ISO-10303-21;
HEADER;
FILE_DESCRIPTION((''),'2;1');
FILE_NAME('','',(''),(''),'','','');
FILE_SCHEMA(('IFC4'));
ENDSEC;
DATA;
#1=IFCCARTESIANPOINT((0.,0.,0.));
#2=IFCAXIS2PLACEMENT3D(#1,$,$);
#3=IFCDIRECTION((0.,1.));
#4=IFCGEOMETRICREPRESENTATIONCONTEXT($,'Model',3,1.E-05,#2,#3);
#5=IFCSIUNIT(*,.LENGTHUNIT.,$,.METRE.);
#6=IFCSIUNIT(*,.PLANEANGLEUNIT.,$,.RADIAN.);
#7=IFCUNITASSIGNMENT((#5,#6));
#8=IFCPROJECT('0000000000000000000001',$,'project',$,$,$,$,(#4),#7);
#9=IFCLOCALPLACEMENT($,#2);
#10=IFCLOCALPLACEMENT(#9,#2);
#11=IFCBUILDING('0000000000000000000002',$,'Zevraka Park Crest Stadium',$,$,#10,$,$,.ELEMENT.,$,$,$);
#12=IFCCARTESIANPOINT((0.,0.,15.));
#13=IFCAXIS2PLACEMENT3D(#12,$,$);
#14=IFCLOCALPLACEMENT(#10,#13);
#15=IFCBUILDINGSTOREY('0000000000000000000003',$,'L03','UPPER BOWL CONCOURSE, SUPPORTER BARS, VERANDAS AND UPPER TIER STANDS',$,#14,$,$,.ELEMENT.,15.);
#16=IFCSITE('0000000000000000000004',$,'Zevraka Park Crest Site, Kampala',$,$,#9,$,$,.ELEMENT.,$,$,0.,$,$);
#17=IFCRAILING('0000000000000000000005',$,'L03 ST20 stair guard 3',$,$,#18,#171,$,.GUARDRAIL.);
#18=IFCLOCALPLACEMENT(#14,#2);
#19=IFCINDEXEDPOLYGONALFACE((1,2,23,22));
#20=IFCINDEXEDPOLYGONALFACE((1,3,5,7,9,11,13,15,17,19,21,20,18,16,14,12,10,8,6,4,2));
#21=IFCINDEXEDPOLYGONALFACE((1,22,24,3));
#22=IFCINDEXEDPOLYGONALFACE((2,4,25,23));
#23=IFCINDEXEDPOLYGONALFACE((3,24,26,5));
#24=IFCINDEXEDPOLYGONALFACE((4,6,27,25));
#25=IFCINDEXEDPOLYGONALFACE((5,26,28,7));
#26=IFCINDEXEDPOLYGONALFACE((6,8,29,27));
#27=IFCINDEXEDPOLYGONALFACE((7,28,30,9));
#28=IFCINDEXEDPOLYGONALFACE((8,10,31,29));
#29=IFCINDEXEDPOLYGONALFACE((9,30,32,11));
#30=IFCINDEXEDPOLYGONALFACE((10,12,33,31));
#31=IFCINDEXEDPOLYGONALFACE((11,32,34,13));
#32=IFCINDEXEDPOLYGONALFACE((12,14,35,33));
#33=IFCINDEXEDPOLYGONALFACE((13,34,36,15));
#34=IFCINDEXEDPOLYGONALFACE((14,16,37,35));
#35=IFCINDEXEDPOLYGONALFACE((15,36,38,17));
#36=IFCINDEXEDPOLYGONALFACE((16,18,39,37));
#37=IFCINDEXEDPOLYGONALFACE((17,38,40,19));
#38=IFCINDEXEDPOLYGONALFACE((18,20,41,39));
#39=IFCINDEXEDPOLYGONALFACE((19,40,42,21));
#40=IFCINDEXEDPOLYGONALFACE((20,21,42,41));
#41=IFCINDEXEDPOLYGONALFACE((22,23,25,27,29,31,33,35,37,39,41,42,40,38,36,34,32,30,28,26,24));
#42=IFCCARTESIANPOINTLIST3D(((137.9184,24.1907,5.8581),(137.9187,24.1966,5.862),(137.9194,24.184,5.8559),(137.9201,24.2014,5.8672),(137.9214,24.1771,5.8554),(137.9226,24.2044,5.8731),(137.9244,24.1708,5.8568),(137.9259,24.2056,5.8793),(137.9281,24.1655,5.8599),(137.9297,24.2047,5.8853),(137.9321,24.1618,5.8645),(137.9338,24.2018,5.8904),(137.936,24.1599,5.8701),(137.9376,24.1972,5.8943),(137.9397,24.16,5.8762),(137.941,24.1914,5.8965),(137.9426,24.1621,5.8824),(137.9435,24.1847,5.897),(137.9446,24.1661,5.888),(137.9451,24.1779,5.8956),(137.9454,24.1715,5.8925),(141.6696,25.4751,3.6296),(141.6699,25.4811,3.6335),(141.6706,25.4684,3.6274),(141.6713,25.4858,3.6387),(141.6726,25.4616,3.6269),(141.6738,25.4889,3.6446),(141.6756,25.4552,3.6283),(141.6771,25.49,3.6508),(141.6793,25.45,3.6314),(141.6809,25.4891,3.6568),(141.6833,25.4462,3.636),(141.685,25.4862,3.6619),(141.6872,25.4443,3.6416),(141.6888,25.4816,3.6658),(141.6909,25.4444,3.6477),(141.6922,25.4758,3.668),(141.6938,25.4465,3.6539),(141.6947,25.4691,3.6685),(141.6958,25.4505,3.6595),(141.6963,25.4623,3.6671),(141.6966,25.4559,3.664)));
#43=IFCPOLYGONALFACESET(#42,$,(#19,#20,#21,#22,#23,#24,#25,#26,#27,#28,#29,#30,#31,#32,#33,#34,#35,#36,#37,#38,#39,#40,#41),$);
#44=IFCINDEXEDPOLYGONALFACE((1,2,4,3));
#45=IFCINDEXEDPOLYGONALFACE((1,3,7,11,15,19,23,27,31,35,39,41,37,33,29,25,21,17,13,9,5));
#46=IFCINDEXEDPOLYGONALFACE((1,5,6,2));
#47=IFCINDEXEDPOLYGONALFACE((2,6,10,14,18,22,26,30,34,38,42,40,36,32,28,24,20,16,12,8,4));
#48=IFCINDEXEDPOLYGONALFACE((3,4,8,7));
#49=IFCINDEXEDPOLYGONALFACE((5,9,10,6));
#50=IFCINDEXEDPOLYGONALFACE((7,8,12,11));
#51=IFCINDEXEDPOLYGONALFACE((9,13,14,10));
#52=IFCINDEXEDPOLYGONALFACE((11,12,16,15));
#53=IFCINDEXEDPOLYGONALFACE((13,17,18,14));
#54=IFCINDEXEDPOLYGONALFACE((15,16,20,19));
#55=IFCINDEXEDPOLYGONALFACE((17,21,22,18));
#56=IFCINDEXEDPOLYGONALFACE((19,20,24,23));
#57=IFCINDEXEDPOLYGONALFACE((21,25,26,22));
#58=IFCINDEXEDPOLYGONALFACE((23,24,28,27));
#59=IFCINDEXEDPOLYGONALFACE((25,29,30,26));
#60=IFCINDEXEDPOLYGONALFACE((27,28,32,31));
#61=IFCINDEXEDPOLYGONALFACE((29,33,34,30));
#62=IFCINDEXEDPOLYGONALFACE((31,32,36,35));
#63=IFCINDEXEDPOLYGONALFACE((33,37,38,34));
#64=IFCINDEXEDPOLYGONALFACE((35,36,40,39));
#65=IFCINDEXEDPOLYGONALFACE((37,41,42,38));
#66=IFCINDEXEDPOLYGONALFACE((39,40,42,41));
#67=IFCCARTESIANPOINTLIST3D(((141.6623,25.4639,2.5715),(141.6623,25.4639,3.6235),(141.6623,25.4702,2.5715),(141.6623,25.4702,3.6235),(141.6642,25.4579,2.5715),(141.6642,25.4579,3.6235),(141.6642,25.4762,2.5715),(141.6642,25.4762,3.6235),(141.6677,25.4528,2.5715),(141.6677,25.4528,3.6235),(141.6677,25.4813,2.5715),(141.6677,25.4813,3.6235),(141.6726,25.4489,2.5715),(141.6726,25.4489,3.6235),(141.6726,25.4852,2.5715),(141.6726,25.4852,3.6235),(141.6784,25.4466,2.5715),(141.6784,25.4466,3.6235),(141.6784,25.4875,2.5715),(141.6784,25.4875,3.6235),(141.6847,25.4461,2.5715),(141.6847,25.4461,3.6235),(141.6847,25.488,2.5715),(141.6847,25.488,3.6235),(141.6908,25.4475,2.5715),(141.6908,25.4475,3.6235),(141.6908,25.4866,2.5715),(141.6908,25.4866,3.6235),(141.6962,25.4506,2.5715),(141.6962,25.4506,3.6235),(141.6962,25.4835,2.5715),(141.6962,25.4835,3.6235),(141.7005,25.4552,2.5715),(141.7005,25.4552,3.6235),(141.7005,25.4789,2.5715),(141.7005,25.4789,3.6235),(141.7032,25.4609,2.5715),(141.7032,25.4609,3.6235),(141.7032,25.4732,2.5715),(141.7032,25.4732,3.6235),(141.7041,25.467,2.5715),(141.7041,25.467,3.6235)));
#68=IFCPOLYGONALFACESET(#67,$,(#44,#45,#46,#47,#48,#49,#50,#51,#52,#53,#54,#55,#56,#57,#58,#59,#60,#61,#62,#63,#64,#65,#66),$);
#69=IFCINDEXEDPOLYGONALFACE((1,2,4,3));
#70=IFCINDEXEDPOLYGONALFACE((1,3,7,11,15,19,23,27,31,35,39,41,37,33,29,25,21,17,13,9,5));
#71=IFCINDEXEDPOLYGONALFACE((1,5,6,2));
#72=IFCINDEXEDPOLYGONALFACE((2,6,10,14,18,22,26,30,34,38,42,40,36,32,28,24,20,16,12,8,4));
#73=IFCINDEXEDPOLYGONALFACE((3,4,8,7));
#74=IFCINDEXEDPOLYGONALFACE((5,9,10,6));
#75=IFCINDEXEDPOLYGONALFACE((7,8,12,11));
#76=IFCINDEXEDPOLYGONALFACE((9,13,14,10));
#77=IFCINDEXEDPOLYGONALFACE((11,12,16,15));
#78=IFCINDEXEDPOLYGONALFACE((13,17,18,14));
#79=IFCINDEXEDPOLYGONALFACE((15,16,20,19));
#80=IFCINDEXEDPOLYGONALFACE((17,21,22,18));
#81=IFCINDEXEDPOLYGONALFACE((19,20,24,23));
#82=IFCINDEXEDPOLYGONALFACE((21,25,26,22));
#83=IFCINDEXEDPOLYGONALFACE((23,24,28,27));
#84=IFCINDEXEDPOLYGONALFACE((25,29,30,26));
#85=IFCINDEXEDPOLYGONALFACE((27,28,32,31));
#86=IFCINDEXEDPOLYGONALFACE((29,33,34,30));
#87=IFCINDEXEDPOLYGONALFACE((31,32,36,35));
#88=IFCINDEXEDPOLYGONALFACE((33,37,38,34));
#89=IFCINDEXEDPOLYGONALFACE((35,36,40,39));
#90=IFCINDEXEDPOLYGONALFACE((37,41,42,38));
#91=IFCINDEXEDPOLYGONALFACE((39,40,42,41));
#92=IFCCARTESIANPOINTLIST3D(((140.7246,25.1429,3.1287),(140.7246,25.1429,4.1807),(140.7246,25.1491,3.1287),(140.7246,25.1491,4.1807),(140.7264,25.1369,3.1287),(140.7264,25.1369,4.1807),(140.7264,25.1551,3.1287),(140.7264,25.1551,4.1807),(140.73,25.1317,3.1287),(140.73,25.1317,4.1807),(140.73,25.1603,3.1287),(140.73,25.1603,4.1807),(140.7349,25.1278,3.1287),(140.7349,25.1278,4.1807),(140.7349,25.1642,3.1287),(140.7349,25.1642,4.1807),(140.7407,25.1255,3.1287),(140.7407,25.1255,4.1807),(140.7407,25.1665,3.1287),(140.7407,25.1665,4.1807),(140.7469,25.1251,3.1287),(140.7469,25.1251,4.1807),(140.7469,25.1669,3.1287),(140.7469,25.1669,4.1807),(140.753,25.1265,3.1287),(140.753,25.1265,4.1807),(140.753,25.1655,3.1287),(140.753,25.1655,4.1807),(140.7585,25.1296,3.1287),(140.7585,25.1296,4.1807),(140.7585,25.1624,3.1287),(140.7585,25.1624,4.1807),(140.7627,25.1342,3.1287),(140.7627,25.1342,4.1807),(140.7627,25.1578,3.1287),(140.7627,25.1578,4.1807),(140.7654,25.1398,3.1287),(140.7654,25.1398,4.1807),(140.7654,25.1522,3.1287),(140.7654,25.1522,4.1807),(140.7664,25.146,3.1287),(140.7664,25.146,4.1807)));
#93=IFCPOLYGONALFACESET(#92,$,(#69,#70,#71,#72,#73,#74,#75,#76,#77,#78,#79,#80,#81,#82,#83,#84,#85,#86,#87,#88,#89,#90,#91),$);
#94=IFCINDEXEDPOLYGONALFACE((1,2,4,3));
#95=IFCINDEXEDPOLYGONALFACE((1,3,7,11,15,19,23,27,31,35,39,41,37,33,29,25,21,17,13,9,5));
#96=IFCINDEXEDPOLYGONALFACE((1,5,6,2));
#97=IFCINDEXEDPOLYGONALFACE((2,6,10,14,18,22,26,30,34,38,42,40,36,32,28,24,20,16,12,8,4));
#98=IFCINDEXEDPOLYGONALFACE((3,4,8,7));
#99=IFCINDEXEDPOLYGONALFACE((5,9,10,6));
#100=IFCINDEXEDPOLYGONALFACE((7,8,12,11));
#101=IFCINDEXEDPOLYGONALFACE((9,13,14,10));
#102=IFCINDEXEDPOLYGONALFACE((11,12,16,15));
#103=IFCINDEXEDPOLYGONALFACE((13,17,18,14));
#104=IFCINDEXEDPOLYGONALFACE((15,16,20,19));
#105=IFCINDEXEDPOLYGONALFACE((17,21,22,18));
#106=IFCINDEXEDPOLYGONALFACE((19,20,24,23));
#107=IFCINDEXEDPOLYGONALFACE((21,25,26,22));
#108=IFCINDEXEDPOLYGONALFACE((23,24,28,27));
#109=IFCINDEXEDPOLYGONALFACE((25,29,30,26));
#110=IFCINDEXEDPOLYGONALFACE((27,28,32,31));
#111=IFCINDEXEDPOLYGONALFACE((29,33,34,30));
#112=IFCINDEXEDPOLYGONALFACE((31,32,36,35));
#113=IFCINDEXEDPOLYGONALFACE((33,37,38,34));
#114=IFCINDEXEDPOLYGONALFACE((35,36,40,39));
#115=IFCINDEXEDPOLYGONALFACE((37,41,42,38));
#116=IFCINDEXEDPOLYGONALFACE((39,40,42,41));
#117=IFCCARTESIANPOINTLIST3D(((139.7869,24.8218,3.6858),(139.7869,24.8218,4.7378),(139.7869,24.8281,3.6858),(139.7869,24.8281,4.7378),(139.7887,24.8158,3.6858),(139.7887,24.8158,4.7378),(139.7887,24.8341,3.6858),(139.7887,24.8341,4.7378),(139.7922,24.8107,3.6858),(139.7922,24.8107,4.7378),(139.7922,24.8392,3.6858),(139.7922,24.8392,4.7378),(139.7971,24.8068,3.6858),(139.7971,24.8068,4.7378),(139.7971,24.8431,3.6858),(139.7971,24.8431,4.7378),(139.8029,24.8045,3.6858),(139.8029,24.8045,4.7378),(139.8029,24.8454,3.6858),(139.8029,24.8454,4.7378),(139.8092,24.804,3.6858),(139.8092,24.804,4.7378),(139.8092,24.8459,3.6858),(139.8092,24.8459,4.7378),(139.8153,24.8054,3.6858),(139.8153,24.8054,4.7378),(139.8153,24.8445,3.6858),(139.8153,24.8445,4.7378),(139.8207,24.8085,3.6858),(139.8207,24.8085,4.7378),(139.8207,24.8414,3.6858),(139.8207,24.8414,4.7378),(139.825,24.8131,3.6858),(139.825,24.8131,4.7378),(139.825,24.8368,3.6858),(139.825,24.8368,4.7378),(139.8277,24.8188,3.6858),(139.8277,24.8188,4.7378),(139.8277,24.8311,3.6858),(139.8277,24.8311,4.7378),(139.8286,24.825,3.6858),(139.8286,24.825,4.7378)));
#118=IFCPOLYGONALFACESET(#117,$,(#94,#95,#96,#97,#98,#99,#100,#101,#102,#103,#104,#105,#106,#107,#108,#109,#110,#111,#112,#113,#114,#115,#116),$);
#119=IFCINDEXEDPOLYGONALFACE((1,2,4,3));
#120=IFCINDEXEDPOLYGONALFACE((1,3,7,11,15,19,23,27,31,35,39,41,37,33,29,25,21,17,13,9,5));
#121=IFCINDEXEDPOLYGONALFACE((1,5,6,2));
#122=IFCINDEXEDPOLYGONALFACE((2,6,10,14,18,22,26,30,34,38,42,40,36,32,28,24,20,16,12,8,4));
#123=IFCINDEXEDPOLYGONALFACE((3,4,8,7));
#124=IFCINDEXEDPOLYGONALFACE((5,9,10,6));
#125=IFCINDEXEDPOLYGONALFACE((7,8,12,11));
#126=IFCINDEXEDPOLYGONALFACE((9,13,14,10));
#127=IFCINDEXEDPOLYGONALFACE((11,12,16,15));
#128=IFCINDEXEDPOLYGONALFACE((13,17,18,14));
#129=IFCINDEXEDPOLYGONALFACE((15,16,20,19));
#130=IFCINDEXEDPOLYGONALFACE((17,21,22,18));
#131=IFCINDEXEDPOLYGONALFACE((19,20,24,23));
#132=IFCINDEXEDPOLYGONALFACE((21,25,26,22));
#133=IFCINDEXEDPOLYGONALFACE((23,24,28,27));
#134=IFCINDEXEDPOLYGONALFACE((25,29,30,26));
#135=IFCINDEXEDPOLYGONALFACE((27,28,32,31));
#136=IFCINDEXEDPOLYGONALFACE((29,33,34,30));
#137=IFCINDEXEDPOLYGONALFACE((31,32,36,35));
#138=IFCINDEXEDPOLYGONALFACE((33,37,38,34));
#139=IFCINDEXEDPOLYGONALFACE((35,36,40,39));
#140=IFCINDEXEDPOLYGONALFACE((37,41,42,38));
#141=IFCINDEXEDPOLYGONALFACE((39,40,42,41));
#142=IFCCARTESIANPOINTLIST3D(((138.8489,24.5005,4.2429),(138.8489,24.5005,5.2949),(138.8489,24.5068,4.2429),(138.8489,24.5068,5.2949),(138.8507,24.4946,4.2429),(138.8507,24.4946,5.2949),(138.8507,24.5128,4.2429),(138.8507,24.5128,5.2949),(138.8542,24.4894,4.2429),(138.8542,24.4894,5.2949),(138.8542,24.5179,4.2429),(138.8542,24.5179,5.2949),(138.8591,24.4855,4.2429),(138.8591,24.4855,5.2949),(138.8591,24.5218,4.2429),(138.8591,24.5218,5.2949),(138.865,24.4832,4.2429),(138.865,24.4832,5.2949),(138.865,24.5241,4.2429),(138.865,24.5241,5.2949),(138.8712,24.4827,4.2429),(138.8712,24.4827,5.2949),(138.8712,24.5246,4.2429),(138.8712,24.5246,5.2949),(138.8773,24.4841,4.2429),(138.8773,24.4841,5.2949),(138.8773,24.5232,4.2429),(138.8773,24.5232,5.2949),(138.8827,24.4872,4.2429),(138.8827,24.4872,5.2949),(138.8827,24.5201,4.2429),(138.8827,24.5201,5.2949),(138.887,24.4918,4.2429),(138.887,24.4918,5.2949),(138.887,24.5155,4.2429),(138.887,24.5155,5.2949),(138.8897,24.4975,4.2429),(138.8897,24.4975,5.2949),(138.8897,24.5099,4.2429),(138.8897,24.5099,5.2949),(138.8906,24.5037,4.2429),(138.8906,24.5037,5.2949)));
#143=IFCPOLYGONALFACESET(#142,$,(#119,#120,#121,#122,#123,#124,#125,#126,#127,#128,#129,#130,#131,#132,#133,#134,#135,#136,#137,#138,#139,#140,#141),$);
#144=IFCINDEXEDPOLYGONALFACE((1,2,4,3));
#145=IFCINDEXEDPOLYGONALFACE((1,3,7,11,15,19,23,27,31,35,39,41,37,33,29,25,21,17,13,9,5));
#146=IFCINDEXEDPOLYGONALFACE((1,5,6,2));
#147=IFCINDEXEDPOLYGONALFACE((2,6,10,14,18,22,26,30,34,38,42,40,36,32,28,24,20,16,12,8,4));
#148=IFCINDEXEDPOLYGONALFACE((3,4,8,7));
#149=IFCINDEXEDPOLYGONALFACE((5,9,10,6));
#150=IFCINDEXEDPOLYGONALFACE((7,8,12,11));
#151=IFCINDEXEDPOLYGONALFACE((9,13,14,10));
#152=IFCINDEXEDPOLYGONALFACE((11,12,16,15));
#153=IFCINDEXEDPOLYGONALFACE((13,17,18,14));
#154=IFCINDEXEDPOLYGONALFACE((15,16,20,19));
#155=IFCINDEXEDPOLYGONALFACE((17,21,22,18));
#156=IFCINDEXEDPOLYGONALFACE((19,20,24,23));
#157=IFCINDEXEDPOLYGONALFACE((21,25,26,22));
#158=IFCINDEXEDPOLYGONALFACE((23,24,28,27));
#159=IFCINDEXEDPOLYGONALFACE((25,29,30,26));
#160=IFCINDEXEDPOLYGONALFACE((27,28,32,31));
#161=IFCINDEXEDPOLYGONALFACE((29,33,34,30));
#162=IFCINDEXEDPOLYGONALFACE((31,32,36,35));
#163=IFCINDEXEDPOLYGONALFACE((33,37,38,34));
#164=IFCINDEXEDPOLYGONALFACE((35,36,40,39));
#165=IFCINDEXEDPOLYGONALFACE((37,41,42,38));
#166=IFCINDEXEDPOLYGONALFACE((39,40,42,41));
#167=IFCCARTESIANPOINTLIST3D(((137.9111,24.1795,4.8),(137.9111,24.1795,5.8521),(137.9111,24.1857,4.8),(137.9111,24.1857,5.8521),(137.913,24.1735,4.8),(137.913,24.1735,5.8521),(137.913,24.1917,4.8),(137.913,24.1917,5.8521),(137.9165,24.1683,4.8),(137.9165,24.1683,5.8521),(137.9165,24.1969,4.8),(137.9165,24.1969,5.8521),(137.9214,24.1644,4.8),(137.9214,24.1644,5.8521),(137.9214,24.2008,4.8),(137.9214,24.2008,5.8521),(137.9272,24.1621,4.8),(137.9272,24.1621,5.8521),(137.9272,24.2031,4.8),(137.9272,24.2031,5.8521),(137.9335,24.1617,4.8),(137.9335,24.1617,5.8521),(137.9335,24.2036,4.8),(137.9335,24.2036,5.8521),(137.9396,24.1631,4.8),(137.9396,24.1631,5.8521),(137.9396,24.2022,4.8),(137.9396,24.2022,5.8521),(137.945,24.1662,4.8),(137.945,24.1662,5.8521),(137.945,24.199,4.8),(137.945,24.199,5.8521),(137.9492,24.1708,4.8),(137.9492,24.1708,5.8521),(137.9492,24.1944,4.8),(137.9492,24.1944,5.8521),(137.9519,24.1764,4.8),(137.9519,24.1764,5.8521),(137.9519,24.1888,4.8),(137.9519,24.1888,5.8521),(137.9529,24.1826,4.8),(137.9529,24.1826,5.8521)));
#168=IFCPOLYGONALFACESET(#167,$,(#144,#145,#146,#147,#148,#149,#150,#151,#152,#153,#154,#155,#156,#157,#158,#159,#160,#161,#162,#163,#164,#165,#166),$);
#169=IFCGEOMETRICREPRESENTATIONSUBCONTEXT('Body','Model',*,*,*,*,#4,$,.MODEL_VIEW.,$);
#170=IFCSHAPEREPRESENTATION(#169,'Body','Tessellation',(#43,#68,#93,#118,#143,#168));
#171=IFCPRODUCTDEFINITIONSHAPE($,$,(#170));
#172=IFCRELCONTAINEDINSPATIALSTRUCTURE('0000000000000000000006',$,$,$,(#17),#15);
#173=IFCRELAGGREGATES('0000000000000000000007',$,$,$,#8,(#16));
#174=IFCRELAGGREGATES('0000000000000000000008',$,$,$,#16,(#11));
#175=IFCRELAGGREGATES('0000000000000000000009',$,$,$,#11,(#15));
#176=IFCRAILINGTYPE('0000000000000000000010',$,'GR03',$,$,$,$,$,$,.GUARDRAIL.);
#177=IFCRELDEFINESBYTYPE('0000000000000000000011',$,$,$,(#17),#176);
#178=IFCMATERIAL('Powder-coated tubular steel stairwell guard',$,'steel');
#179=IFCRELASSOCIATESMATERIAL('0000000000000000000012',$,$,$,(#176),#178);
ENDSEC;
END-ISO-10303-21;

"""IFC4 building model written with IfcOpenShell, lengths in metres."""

from ifc_helpers import new_model, si_unit, direction, frame, origin, origin_2d, place, context, subcontext, project, spatial, circle, extrude, material, type_object, element, save


model = new_model("IFC4")

# Units and contexts
model_context = context("Model", 3, precision=1e-05, world=origin(), true_north=direction((0.0, 1.0)))
body_context = subcontext(model_context, "Body", "Model", "MODEL_VIEW")
ifc_project = project(units=[si_unit("LENGTHUNIT", "METRE"), si_unit("PLANEANGLEUNIT", "RADIAN")], contexts=[model_context])

# Site, building, storey
site_placement = place(None, origin())
site = spatial("IfcSite", under=ifc_project, at=site_placement, Name="Zevraka Park Crest Site, Kampala", CompositionType="ELEMENT", RefElevation=0.0)
building_placement = place(site_placement, origin())
building = spatial("IfcBuilding", under=site, at=building_placement, Name="Zevraka Park Crest Stadium", CompositionType="ELEMENT")
storey_placement = place(building_placement, frame((0.0, 0.0, 15.0)))
storey = spatial("IfcBuildingStorey", under=building, at=storey_placement, Name="L03", Description="UPPER BOWL CONCOURSE, SUPPORTER BARS, VERANDAS AND UPPER TIER STANDS", CompositionType="ELEMENT", Elevation=15.0)

# Railing
ifc_material_1 = material(Name="Powder-coated tubular steel stairwell guard", Category="steel")
railing_type_1 = type_object("IfcRailingType", Name="GR03", PredefinedType="GUARDRAIL", material=ifc_material_1)
railing_1_placement = place(storey_placement, frame((141.6831, 25.467, 2.5715)))
element("IfcRailing", 1, at=railing_1_placement, inside=storey, type_object=railing_type_1, Name="L03 ST20 stair guard 3", PredefinedType="GUARDRAIL", context=body_context, shape_type="SweptSolid", body=[
    extrude(circle(Radius=0.0239, at=origin_2d()), frame((0.0, 0.0, 1.0762), z_axis=(-0.824739, -0.282392, 0.489959), x_axis=(0.323939, -0.946078, 0.0)), (0.0, 0.0, 1.0), 4.5483),
    extrude(circle(Radius=0.021, at=origin_2d()), origin(), (0.0, 0.0, 1.0), 1.052),
    extrude(circle(Radius=0.021, at=origin_2d()), frame((-0.9377, -0.321, 0.5571)), (0.0, 0.0, 1.0), 1.052),
    extrude(circle(Radius=0.021, at=origin_2d()), frame((-1.8755, -0.6421, 1.1143)), (0.0, 0.0, 1.0), 1.052),
    extrude(circle(Radius=0.021, at=origin_2d()), frame((-2.8135, -0.9634, 1.6714)), (0.0, 0.0, 1.0), 1.052),
    extrude(circle(Radius=0.021, at=origin_2d()), frame((-3.7512, -1.2844, 2.2285)), (0.0, 0.0, 1.0), 1.052),
])

save(model, "model.ifc")
